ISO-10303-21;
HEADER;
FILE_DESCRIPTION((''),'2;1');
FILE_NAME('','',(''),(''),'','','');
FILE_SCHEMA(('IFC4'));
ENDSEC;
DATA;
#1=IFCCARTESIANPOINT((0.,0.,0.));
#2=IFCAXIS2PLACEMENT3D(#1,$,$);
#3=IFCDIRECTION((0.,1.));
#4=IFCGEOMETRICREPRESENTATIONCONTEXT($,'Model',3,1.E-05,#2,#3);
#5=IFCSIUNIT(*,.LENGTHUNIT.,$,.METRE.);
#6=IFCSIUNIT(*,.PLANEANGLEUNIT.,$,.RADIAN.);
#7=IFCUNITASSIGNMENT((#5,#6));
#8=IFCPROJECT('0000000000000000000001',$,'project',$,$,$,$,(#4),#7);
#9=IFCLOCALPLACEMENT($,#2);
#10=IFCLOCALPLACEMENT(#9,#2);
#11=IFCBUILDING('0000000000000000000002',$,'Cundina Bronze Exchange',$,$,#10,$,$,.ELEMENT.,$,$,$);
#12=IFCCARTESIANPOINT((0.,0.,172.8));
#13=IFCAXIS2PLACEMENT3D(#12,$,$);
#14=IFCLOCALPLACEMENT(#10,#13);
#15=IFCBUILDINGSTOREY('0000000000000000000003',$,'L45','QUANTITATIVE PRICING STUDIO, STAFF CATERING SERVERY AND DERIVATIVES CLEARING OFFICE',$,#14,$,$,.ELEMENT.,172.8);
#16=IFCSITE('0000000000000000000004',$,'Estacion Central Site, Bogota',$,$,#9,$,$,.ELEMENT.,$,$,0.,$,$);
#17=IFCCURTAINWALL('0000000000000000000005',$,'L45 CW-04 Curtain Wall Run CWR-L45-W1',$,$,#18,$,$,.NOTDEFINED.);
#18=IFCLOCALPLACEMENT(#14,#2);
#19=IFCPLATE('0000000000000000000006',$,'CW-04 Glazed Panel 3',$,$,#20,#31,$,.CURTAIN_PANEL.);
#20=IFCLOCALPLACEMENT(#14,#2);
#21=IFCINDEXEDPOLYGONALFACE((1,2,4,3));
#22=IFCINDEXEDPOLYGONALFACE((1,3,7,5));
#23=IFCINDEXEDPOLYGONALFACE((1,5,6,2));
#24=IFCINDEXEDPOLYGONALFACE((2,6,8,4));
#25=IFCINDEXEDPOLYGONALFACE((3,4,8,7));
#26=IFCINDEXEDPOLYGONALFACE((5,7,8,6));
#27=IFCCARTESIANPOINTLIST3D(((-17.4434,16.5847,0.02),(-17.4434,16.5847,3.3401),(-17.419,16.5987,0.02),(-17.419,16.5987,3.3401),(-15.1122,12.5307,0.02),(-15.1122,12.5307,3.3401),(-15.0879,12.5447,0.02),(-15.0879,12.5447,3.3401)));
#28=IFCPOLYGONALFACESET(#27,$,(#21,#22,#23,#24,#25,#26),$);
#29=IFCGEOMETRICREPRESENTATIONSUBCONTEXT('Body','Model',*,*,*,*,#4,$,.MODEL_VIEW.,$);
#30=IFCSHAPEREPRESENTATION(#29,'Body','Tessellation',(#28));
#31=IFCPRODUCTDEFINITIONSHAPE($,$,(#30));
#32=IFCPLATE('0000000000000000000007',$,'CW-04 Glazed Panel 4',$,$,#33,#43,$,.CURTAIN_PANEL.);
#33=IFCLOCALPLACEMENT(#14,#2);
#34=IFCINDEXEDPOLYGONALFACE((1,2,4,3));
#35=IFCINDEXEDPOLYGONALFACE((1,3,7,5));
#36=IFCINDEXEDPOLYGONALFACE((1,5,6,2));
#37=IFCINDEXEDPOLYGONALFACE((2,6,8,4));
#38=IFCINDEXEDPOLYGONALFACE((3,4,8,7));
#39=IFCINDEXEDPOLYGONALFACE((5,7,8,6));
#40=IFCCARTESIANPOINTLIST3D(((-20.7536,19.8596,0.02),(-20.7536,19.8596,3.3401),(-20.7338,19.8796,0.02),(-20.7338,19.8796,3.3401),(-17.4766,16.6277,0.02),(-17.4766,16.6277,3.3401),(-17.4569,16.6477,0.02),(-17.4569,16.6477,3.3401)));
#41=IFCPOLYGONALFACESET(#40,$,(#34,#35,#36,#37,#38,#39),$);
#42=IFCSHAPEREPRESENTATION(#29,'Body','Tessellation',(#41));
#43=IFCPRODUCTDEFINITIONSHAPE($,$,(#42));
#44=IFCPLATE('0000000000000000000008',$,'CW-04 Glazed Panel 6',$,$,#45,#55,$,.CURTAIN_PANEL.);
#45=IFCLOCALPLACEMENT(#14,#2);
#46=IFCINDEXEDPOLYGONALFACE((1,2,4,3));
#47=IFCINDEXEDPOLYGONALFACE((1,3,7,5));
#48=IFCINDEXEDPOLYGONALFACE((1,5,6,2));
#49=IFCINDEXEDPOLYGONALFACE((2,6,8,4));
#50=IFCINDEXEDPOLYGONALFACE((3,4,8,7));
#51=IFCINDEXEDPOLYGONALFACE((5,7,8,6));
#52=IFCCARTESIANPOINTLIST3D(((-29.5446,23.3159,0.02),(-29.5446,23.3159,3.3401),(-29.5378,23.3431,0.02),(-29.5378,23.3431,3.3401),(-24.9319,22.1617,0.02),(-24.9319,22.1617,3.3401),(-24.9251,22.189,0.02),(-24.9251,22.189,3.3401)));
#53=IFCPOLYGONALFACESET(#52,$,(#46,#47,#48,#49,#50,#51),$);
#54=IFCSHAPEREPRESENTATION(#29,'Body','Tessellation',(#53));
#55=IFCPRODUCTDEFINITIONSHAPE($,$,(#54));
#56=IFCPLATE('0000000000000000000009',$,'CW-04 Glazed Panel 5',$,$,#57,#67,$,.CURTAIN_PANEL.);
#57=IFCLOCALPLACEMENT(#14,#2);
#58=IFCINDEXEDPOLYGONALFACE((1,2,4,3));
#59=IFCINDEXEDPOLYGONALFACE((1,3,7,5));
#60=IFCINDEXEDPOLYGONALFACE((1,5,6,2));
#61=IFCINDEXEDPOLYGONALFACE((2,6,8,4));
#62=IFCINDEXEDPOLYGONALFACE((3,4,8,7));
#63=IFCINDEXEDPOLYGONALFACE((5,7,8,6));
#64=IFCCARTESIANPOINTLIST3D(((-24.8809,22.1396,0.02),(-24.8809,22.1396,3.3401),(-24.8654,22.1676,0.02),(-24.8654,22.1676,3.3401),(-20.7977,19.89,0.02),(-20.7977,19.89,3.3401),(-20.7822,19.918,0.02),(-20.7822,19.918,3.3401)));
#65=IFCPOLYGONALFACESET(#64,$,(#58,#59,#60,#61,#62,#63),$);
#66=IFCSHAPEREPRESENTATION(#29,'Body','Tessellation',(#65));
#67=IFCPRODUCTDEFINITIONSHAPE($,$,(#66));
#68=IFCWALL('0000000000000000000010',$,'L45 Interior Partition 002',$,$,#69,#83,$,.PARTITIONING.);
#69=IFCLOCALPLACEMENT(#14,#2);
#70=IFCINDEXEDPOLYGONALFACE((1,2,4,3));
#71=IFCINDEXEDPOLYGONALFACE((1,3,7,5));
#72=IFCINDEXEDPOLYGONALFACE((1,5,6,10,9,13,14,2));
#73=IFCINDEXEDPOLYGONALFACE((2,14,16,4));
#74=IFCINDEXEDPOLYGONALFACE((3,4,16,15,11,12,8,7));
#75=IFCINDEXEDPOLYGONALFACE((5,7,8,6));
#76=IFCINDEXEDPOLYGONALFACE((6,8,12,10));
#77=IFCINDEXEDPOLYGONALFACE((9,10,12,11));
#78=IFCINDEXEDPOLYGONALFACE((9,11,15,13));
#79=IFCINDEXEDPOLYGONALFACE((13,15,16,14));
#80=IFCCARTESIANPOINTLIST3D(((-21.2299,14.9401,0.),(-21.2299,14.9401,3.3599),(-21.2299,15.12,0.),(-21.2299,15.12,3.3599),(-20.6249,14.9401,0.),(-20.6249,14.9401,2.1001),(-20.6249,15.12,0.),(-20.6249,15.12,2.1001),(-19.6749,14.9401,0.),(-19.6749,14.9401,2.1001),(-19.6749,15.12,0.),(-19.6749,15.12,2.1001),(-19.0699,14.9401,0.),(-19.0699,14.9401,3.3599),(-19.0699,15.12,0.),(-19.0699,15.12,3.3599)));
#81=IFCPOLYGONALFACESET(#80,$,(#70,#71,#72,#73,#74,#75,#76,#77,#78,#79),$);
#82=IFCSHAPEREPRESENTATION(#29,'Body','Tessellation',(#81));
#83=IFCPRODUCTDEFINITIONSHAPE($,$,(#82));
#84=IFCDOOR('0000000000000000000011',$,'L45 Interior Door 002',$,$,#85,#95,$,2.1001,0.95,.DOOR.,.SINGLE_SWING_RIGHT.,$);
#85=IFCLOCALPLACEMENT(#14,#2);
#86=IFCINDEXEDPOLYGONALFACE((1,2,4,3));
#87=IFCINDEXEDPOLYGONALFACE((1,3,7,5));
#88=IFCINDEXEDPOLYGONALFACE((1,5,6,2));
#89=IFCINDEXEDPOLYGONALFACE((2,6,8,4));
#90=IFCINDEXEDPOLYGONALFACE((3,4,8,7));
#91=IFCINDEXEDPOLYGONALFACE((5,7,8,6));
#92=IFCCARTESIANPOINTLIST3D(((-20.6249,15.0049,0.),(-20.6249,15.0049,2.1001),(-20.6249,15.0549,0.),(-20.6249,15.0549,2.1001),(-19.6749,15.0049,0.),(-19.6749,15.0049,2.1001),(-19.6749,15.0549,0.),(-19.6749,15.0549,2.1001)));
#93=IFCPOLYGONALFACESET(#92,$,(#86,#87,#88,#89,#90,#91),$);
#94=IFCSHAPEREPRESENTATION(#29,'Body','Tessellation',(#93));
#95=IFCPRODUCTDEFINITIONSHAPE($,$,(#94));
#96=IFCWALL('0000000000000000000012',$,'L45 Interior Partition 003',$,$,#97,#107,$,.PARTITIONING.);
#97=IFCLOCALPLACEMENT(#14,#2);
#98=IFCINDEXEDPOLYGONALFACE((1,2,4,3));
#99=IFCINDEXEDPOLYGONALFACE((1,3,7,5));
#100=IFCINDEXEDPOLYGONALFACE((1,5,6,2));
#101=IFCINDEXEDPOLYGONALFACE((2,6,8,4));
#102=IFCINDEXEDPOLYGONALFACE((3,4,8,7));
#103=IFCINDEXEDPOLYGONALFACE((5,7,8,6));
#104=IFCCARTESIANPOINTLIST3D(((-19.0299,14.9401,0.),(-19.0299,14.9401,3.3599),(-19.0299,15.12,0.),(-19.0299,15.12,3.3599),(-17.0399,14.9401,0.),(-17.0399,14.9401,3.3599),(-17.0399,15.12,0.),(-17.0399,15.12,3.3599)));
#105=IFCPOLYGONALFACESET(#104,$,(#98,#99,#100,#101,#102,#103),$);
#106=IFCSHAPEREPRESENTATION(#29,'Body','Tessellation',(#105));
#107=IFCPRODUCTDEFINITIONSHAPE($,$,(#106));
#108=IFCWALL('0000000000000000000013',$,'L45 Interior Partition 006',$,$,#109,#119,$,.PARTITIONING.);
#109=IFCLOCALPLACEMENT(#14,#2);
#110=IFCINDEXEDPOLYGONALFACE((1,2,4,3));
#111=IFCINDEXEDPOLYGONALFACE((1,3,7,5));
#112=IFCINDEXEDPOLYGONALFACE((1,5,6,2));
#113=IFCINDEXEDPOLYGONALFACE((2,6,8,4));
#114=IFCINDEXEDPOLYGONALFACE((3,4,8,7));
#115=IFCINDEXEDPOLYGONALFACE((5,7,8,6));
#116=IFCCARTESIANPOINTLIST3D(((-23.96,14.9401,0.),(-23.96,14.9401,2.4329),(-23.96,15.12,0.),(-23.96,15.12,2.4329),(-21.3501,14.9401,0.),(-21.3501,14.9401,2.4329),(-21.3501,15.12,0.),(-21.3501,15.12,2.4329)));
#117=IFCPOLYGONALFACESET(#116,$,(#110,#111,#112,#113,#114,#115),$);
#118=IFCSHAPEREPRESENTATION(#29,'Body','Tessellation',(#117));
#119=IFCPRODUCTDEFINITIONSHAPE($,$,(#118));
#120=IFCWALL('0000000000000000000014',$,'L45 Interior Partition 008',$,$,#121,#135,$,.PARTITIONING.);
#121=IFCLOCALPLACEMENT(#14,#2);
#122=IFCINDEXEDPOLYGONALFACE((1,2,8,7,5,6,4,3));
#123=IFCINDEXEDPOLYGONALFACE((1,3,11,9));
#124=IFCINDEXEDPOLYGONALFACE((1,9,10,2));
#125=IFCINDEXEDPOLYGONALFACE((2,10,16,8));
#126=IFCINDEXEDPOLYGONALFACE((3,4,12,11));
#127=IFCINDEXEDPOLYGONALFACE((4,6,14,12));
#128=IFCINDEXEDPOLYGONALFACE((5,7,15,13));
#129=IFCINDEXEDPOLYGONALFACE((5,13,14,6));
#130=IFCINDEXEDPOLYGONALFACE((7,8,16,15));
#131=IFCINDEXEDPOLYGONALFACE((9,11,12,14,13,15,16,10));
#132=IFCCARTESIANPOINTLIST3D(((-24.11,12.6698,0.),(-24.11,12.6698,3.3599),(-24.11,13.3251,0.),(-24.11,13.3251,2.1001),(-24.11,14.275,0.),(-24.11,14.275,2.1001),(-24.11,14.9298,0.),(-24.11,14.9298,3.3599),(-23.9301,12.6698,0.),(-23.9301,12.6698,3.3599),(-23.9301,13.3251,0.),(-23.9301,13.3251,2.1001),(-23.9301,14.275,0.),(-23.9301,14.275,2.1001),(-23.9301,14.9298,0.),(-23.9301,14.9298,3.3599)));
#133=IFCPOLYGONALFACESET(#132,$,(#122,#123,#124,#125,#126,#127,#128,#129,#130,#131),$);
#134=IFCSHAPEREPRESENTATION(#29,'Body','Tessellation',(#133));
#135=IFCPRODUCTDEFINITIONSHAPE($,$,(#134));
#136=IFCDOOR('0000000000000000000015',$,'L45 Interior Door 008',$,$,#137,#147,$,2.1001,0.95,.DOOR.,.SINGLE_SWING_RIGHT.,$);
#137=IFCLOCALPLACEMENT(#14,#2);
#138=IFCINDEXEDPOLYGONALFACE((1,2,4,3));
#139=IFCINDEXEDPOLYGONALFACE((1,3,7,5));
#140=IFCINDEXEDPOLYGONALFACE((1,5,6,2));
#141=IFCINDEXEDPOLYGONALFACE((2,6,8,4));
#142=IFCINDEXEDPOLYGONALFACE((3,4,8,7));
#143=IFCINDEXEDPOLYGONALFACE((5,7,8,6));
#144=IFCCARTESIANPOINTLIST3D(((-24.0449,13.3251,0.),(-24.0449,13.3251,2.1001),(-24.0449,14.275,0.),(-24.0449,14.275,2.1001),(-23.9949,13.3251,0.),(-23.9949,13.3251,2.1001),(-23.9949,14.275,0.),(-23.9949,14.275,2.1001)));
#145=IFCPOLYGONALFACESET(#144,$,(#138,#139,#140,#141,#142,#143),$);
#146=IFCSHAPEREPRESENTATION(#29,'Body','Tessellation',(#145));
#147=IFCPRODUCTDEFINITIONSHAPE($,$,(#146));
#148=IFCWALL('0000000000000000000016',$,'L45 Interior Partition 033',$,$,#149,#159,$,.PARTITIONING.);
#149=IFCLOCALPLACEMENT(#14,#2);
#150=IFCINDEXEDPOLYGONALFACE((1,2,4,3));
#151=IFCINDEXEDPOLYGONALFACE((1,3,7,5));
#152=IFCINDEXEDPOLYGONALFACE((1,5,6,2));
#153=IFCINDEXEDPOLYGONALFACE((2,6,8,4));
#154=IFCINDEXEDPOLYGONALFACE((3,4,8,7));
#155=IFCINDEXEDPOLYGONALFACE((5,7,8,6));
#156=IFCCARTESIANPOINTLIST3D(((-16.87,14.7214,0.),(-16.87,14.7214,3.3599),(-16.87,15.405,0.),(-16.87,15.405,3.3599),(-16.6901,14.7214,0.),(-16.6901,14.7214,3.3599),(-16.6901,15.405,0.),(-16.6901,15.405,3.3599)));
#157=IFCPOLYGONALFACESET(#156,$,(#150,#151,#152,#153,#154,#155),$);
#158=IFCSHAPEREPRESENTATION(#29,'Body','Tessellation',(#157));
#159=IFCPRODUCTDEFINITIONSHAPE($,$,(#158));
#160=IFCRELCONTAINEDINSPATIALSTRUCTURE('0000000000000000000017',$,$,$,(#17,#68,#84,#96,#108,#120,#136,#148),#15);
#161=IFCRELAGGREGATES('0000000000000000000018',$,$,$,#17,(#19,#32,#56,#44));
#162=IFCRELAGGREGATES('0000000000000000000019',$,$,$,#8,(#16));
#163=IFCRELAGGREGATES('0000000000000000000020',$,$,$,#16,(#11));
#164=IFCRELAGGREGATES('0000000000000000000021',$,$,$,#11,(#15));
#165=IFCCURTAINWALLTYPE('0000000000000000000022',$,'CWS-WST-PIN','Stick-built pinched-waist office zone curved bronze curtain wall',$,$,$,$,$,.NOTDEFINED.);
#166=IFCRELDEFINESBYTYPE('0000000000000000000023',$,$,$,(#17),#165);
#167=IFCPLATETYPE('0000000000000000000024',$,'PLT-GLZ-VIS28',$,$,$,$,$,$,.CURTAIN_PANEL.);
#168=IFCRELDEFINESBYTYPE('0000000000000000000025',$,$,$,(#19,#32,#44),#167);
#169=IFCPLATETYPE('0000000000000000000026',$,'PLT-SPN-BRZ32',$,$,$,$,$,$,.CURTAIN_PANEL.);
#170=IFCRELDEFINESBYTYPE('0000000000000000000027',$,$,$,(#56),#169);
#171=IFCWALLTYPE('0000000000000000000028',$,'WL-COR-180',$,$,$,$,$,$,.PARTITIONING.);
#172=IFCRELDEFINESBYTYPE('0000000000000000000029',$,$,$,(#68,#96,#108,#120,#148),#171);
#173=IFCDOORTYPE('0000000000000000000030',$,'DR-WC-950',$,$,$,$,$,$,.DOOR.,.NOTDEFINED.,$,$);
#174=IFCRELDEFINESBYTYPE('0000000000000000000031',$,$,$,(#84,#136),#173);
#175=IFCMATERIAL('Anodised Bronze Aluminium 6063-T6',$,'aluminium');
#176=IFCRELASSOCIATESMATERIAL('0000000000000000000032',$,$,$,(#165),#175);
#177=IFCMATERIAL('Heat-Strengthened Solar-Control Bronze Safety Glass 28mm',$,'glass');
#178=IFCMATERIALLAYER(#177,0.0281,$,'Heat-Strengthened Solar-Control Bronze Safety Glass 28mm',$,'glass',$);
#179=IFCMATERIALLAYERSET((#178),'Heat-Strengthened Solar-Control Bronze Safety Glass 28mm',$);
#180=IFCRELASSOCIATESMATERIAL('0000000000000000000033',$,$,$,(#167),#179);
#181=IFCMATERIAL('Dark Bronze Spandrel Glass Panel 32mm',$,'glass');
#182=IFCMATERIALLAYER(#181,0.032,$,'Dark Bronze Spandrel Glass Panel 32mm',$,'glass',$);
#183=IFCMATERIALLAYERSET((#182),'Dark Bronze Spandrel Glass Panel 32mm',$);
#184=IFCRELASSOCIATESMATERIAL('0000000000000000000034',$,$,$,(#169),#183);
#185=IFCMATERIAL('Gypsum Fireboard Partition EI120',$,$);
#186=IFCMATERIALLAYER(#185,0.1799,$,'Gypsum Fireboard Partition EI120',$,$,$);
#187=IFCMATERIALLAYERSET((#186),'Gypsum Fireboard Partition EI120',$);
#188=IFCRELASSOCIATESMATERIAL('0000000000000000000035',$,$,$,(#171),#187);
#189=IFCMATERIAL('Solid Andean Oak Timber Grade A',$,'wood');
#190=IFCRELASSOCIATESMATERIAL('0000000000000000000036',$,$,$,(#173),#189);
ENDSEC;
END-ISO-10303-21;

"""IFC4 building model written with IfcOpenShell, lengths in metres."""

from ifc_helpers import new_model, si_unit, direction, frame, frame_2d, origin, origin_2d, place, context, subcontext, project, spatial, rectangle, extrude, material, layer, layer_set, type_object, element, fill, aggregate, save


model = new_model("IFC4")

# Units and contexts
model_context = context("Model", 3, precision=1e-05, world=origin(), true_north=direction((0.0, 1.0)))
body_context = subcontext(model_context, "Body", "Model", "MODEL_VIEW")
ifc_project = project(units=[si_unit("LENGTHUNIT", "METRE"), si_unit("PLANEANGLEUNIT", "RADIAN")], contexts=[model_context])

# Site, building, storey
site_placement = place(None, origin())
site = spatial("IfcSite", under=ifc_project, at=site_placement, Name="Estacion Central Site, Bogota", CompositionType="ELEMENT", RefElevation=0.0)
building_placement = place(site_placement, origin())
building = spatial("IfcBuilding", under=site, at=building_placement, Name="Cundina Bronze Exchange", CompositionType="ELEMENT")
storey_placement = place(building_placement, frame((0.0, 0.0, 172.8)))
storey = spatial("IfcBuildingStorey", under=building, at=storey_placement, Name="L45", Description="QUANTITATIVE PRICING STUDIO, STAFF CATERING SERVERY AND DERIVATIVES CLEARING OFFICE", CompositionType="ELEMENT", Elevation=172.8)

# Curtain wall, plates
ifc_material_1 = material(Name="Anodised Bronze Aluminium 6063-T6", Category="aluminium")
curtain_wall_type = type_object("IfcCurtainWallType", Name="CWS-WST-PIN", Description="Stick-built pinched-waist office zone curved bronze curtain wall", PredefinedType="NOTDEFINED", material=ifc_material_1)
curtain_wall_placement = place(storey_placement, origin())
curtain_wall = element("IfcCurtainWall", 1, at=curtain_wall_placement, inside=storey, type_object=curtain_wall_type, Name="L45 CW-04 Curtain Wall Run CWR-L45-W1", PredefinedType="NOTDEFINED")
ifc_material_2 = material(Name="Heat-Strengthened Solar-Control Bronze Safety Glass 28mm", Category="glass")
ifc_layer_1 = layer(ifc_material_2, 0.0281, Name="Heat-Strengthened Solar-Control Bronze Safety Glass 28mm", Category="glass")
ifc_layer_set_1 = layer_set([ifc_layer_1], Name="Heat-Strengthened Solar-Control Bronze Safety Glass 28mm")
plate_type_1 = type_object("IfcPlateType", Name="PLT-GLZ-VIS28", PredefinedType="CURTAIN_PANEL", material=ifc_layer_set_1)
plate_1_placement = place(storey_placement, frame((-16.2656, 14.5647, 0.02), z_axis=(0.0, 0.0, 1.0), x_axis=(-0.498488, 0.866897, 0.0)))
plate_1 = element("IfcPlate", 2, at=plate_1_placement, type_object=plate_type_1, Name="CW-04 Glazed Panel 3", PredefinedType="CURTAIN_PANEL", context=body_context, shape_type="SweptSolid", body=[
    extrude(rectangle(XDim=4.6765, YDim=0.0281, at=origin_2d()), origin(), (0.0, 0.0, 1.0), 3.3201),
])
plate_2_placement = place(storey_placement, frame((-19.1052, 18.2537, 0.02), z_axis=(0.0, 0.0, 1.0), x_axis=(-0.711989, 0.70219, 0.0)))
plate_2 = element("IfcPlate", 3, at=plate_2_placement, type_object=plate_type_1, Name="CW-04 Glazed Panel 4", PredefinedType="CURTAIN_PANEL", context=body_context, shape_type="SweptSolid", body=[
    extrude(rectangle(XDim=4.6025, YDim=0.0281, at=origin_2d()), origin(), (0.0, 0.0, 1.0), 3.3201),
])
plate_3_placement = place(storey_placement, frame((-27.2349, 22.7524, 0.02), z_axis=(0.0, 0.0, 1.0), x_axis=(-0.970093, 0.242735, 0.0)))
plate_3 = element("IfcPlate", 4, at=plate_3_placement, type_object=plate_type_1, Name="CW-04 Glazed Panel 6", PredefinedType="CURTAIN_PANEL", context=body_context, shape_type="SweptSolid", body=[
    extrude(rectangle(XDim=4.7549, YDim=0.0281, at=origin_2d()), origin(), (0.0, 0.0, 1.0), 3.3201),
])
ifc_material_3 = material(Name="Dark Bronze Spandrel Glass Panel 32mm", Category="glass")
ifc_layer_2 = layer(ifc_material_3, 0.032, Name="Dark Bronze Spandrel Glass Panel 32mm", Category="glass")
ifc_layer_set_2 = layer_set([ifc_layer_2], Name="Dark Bronze Spandrel Glass Panel 32mm")
plate_type_2 = type_object("IfcPlateType", Name="PLT-SPN-BRZ32", PredefinedType="CURTAIN_PANEL", material=ifc_layer_set_2)
plate_4_placement = place(storey_placement, frame((-22.8315, 21.0288, 0.02), z_axis=(0.0, 0.0, 1.0), x_axis=(-0.875869, 0.482549, 0.0)))
plate_4 = element("IfcPlate", 5, at=plate_4_placement, type_object=plate_type_2, Name="CW-04 Glazed Panel 5", PredefinedType="CURTAIN_PANEL", context=body_context, shape_type="SweptSolid", body=[
    extrude(rectangle(XDim=4.6619, YDim=0.032, at=origin_2d()), origin(), (0.0, 0.0, 1.0), 3.3201),
])
aggregate(curtain_wall, [plate_1, plate_2, plate_4, plate_3])

# Wall, opening, door
ifc_material_4 = material(Name="Gypsum Fireboard Partition EI120")
ifc_layer_3 = layer(ifc_material_4, 0.1799, Name="Gypsum Fireboard Partition EI120")
ifc_layer_set_3 = layer_set([ifc_layer_3], Name="Gypsum Fireboard Partition EI120")
wall_type_1 = type_object("IfcWallType", Name="WL-COR-180", PredefinedType="PARTITIONING", material=ifc_layer_set_3)
wall_1_placement = place(storey_placement, frame((-21.23, 15.03, 0.0), z_axis=(0.0, 0.0, 1.0), x_axis=(1.0, 0.0, 0.0)))
wall_1 = element("IfcWall", 6, at=wall_1_placement, inside=storey, type_object=wall_type_1, Name="L45 Interior Partition 002", PredefinedType="PARTITIONING", context=body_context, shape_type="SweptSolid", body=[
    extrude(rectangle(XDim=2.1599, YDim=0.1799, at=frame_2d((1.0801, 0.0))), origin(), (0.0, 0.0, 1.0), 3.3599),
])
opening_1_placement = place(wall_1_placement, frame((0.605, 0.0, 0.0)))
opening_1 = element("IfcOpeningElement", 7, at=opening_1_placement, cuts=wall_1, PredefinedType="OPENING", context=body_context, shape_type="SweptSolid", body=[
    extrude(rectangle(XDim=0.95, YDim=2.1001, at=frame_2d((0.4751, 1.05))), frame((0.0, 0.0999, 0.0), z_axis=(0.0, -1.0, 0.0), x_axis=(1.0, 0.0, 0.0)), (0.0, 0.0, 1.0), 0.2),
])
ifc_material_5 = material(Name="Solid Andean Oak Timber Grade A", Category="wood")
door_type_1 = type_object("IfcDoorType", Name="DR-WC-950", OperationType="NOTDEFINED", PredefinedType="DOOR", material=ifc_material_5)
door_1_placement = place(opening_1_placement, origin())
door_1 = element("IfcDoor", 8, at=door_1_placement, inside=storey, type_object=door_type_1, Name="L45 Interior Door 002", OperationType="SINGLE_SWING_RIGHT", OverallHeight=2.1001, OverallWidth=0.95, PredefinedType="DOOR", context=body_context, shape_type="SweptSolid", body=[
    extrude(rectangle(XDim=0.95, YDim=2.1001, at=frame_2d((0.4751, 1.05))), frame((0.0, 0.0249, 0.0), z_axis=(0.0, -1.0, 0.0), x_axis=(1.0, 0.0, 0.0)), (0.0, 0.0, 1.0), 0.05),
])
fill(opening_1, door_1)

# Walls
wall_2_placement = place(storey_placement, frame((-19.03, 15.03, 0.0), z_axis=(0.0, 0.0, 1.0), x_axis=(1.0, 0.0, 0.0)))
element("IfcWall", 9, at=wall_2_placement, inside=storey, type_object=wall_type_1, Name="L45 Interior Partition 003", PredefinedType="PARTITIONING", context=body_context, shape_type="SweptSolid", body=[
    extrude(rectangle(XDim=1.99, YDim=0.1799, at=frame_2d((0.9951, 0.0))), origin(), (0.0, 0.0, 1.0), 3.3599),
])
wall_3_placement = place(storey_placement, frame((-23.96, 15.03, 0.0), z_axis=(0.0, 0.0, 1.0), x_axis=(1.0, 0.0, 0.0)))
element("IfcWall", 10, at=wall_3_placement, inside=storey, type_object=wall_type_1, Name="L45 Interior Partition 006", PredefinedType="PARTITIONING", context=body_context, shape_type="SweptSolid", body=[
    extrude(rectangle(XDim=2.6099, YDim=0.1799, at=frame_2d((1.3049, 0.0))), origin(), (0.0, 0.0, 1.0), 2.4329),
])

# Wall, opening, door
wall_4_placement = place(storey_placement, frame((-24.02, 12.6699, 0.0), z_axis=(0.0, 0.0, 1.0), x_axis=(0.0, 1.0, 0.0)))
wall_4 = element("IfcWall", 11, at=wall_4_placement, inside=storey, type_object=wall_type_1, Name="L45 Interior Partition 008", PredefinedType="PARTITIONING", context=body_context, shape_type="SweptSolid", body=[
    extrude(rectangle(XDim=2.26, YDim=0.1799, at=frame_2d((1.1299, 0.0))), origin(), (0.0, 0.0, 1.0), 3.3599),
])
opening_2_placement = place(wall_4_placement, frame((0.655, 0.0, 0.0)))
opening_2 = element("IfcOpeningElement", 12, at=opening_2_placement, cuts=wall_4, PredefinedType="OPENING", context=body_context, shape_type="SweptSolid", body=[
    extrude(rectangle(XDim=0.95, YDim=2.1001, at=frame_2d((0.4751, 1.05))), frame((0.0, 0.0999, 0.0), z_axis=(0.0, -1.0, 0.0), x_axis=(1.0, 0.0, 0.0)), (0.0, 0.0, 1.0), 0.2),
])
door_2_placement = place(opening_2_placement, origin())
door_2 = element("IfcDoor", 13, at=door_2_placement, inside=storey, type_object=door_type_1, Name="L45 Interior Door 008", OperationType="SINGLE_SWING_RIGHT", OverallHeight=2.1001, OverallWidth=0.95, PredefinedType="DOOR", context=body_context, shape_type="SweptSolid", body=[
    extrude(rectangle(XDim=0.95, YDim=2.1001, at=frame_2d((0.4751, 1.05))), frame((0.0, 0.0249, 0.0), z_axis=(0.0, -1.0, 0.0), x_axis=(1.0, 0.0, 0.0)), (0.0, 0.0, 1.0), 0.05),
])
fill(opening_2, door_2)

# Wall
wall_5_placement = place(storey_placement, frame((-16.78, 14.7214, 0.0), z_axis=(0.0, 0.0, 1.0), x_axis=(0.0, 1.0, 0.0)))
element("IfcWall", 14, at=wall_5_placement, inside=storey, type_object=wall_type_1, Name="L45 Interior Partition 033", PredefinedType="PARTITIONING", context=body_context, shape_type="SweptSolid", body=[
    extrude(rectangle(XDim=0.6836, YDim=0.1799, at=frame_2d((0.3418, 0.0))), origin(), (0.0, 0.0, 1.0), 3.3599),
])

save(model, "model.ifc")
